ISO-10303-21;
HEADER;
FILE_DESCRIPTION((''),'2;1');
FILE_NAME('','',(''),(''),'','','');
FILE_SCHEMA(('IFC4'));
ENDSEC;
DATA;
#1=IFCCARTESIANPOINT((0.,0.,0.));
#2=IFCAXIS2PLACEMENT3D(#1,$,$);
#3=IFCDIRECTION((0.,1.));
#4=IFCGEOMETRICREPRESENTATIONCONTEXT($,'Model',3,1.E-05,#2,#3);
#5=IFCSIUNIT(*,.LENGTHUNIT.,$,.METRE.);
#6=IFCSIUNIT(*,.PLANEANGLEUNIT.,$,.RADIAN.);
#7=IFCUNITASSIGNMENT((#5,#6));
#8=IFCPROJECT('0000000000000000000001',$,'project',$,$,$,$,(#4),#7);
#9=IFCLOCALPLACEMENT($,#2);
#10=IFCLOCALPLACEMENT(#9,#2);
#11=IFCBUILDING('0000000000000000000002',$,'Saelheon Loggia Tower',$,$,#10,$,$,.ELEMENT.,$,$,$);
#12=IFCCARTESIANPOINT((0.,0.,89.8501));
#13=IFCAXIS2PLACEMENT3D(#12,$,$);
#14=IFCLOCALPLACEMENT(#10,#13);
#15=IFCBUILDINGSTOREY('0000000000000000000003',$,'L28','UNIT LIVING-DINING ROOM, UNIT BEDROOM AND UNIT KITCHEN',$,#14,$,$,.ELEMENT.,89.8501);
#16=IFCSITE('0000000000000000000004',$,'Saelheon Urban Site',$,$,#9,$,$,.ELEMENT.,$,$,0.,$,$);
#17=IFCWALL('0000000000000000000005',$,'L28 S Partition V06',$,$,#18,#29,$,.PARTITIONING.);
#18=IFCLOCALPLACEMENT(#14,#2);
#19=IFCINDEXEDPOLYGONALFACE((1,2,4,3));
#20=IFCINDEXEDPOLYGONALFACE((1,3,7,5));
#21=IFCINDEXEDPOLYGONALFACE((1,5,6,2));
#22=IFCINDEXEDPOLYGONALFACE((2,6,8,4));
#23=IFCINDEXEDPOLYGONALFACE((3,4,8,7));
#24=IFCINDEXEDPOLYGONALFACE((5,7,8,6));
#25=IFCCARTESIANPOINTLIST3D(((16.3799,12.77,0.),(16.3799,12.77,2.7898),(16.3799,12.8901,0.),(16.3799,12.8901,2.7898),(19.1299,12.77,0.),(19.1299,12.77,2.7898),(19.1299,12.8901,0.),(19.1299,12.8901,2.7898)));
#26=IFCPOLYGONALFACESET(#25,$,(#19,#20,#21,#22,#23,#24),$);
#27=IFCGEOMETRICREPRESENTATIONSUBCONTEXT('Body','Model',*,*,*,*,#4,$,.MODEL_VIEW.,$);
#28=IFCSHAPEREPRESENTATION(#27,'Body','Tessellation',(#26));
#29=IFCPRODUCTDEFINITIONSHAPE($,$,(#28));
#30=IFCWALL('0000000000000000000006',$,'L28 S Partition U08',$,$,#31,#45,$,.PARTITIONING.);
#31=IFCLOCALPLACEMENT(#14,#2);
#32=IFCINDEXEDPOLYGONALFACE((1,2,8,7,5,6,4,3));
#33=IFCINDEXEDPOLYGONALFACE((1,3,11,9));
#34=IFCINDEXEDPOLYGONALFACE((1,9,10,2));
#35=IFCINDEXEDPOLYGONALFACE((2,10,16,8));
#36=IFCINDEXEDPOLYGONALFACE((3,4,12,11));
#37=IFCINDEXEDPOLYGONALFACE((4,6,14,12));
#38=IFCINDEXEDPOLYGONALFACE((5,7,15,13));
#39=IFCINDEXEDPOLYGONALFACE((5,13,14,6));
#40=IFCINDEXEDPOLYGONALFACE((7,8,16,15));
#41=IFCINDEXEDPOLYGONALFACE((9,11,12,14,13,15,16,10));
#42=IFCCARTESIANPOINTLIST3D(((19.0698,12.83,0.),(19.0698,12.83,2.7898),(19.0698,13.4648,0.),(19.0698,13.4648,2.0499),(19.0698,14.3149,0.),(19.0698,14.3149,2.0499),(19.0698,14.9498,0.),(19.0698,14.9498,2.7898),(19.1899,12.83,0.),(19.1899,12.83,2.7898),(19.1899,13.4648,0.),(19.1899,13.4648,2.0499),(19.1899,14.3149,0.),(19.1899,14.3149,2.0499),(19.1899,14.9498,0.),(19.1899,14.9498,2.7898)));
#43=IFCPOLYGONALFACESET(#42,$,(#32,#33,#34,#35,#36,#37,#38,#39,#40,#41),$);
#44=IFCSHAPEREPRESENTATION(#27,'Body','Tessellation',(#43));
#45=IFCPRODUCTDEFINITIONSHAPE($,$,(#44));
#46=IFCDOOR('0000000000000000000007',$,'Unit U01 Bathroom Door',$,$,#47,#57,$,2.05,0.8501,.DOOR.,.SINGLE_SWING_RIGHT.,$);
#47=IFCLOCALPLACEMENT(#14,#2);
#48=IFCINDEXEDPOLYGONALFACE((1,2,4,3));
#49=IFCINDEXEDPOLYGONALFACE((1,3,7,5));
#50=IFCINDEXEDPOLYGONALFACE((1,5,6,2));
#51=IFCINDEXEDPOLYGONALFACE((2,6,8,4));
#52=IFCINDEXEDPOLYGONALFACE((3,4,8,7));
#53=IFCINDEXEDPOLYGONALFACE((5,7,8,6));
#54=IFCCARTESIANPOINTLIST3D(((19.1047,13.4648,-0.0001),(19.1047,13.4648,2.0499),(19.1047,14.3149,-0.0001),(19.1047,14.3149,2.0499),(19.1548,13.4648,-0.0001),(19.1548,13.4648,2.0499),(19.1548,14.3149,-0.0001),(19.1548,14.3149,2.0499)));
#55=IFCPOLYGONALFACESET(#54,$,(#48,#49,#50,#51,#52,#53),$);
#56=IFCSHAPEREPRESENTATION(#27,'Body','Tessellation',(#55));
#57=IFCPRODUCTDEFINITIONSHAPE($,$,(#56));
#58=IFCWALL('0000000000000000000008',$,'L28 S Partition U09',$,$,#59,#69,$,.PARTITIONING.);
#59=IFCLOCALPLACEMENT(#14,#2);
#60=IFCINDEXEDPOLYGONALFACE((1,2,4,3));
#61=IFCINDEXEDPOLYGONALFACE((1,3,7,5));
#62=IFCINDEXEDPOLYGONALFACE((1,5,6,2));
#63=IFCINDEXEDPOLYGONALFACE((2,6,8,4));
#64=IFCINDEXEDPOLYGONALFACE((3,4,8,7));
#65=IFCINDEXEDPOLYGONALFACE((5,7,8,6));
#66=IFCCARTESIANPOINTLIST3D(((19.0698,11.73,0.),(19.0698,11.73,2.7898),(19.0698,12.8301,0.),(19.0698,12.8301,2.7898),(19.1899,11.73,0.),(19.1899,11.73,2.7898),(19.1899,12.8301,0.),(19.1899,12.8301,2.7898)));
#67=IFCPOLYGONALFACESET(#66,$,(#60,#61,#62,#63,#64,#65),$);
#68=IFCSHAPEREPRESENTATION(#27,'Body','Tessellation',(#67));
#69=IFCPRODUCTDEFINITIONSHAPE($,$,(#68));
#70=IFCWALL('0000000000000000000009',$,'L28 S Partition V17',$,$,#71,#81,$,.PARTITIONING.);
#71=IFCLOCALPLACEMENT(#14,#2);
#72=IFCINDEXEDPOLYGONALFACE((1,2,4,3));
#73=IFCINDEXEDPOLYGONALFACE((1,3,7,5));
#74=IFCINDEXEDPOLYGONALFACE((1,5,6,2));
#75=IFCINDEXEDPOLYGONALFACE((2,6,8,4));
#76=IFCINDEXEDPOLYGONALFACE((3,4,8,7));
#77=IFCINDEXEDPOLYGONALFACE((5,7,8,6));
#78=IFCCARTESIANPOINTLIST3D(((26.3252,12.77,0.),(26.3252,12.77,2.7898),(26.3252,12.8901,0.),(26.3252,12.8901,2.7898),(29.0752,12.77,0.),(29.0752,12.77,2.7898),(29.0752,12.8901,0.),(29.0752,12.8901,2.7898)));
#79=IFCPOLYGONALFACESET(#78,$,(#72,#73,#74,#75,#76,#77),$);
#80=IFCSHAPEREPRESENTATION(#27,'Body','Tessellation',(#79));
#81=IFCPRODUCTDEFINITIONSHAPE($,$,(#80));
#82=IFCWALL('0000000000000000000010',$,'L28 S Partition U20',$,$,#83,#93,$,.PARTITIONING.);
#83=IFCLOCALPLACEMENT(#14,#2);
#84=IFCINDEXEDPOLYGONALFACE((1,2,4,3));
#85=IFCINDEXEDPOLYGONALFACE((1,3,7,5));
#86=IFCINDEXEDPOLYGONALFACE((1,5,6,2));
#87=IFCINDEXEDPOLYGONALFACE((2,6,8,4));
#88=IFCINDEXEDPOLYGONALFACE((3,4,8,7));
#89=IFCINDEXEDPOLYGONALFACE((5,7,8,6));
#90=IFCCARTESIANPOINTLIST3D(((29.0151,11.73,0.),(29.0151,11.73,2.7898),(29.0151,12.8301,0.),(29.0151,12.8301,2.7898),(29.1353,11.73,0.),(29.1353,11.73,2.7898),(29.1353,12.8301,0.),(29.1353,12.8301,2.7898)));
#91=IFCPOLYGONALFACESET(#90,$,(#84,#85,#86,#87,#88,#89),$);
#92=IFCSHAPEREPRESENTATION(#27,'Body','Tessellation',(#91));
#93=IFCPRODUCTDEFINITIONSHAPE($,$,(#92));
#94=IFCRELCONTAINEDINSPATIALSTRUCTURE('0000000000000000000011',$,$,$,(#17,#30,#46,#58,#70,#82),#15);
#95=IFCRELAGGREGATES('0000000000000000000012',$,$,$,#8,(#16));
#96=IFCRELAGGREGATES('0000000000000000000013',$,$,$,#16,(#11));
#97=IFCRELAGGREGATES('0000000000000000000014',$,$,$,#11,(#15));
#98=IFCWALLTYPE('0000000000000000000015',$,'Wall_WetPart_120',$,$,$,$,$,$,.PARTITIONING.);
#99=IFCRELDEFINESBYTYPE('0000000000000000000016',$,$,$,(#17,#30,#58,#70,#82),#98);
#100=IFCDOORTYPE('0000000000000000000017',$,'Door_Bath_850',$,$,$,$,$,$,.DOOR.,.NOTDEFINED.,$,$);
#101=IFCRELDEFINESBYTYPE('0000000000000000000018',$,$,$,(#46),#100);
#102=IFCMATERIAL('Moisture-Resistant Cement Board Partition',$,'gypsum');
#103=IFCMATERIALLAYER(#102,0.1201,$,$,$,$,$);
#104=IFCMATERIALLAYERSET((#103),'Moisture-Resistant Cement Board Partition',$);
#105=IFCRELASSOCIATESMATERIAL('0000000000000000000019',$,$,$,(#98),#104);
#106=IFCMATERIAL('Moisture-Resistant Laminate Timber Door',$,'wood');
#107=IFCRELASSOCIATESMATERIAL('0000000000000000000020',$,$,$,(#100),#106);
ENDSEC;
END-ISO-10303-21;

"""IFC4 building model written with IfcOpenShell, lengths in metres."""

from ifc_helpers import new_model, si_unit, direction, frame, frame_2d, origin, place, context, subcontext, project, spatial, rectangle, extrude, source, transform, mapped, material, layer, layer_set, type_object, element, fill, save


model = new_model("IFC4")

# Units and contexts
model_context = context("Model", 3, precision=1e-05, world=origin(), true_north=direction((0.0, 1.0)))
body_context = subcontext(model_context, "Body", "Model", "MODEL_VIEW")
ifc_project = project(units=[si_unit("LENGTHUNIT", "METRE"), si_unit("PLANEANGLEUNIT", "RADIAN")], contexts=[model_context])

# Site, building, storey
site_placement = place(None, origin())
site = spatial("IfcSite", under=ifc_project, at=site_placement, Name="Saelheon Urban Site", CompositionType="ELEMENT", RefElevation=0.0)
building_placement = place(site_placement, origin())
building = spatial("IfcBuilding", under=site, at=building_placement, Name="Saelheon Loggia Tower", CompositionType="ELEMENT")
storey_placement = place(building_placement, frame((0.0, 0.0, 89.8501)))
storey = spatial("IfcBuildingStorey", under=building, at=storey_placement, Name="L28", Description="UNIT LIVING-DINING ROOM, UNIT BEDROOM AND UNIT KITCHEN", CompositionType="ELEMENT", Elevation=89.8501)

# Wall
ifc_material_1 = material(Name="Moisture-Resistant Cement Board Partition", Category="gypsum")
ifc_layer_1 = layer(ifc_material_1, 0.1201)
ifc_layer_set_1 = layer_set([ifc_layer_1], Name="Moisture-Resistant Cement Board Partition")
wall_type_1 = type_object("IfcWallType", Name="Wall_WetPart_120", PredefinedType="PARTITIONING", material=ifc_layer_set_1)
wall_1_placement = place(storey_placement, frame((16.3799, 12.8301, 0.0), z_axis=(0.0, 0.0, 1.0), x_axis=(1.0, 0.0, 0.0)))
element("IfcWall", 1, at=wall_1_placement, inside=storey, type_object=wall_type_1, Name="L28 S Partition V06", PredefinedType="PARTITIONING", context=body_context, shape_type="SweptSolid", body=[
    extrude(rectangle(XDim=2.75, YDim=0.1201, at=frame_2d((1.375, 0.0))), origin(), (0.0, 0.0, 1.0), 2.7898),
])

# Wall, opening, door
wall_2_placement = place(storey_placement, frame((19.1299, 14.95, 0.0), z_axis=(0.0, 0.0, 1.0), x_axis=(0.0, -1.0, 0.0)))
wall_2 = element("IfcWall", 2, at=wall_2_placement, inside=storey, type_object=wall_type_1, Name="L28 S Partition U08", PredefinedType="PARTITIONING", context=body_context, shape_type="SweptSolid", body=[
    extrude(rectangle(XDim=2.1199, YDim=0.1201, at=frame_2d((1.0601, 0.0))), origin(), (0.0, 0.0, 1.0), 2.7898),
])
opening_1_placement = place(wall_2_placement, frame((0.635, 0.0, 0.0)))
opening_1 = element("IfcOpeningElement", 3, at=opening_1_placement, cuts=wall_2, PredefinedType="OPENING", context=body_context, shape_type="SweptSolid", body=[
    extrude(rectangle(XDim=0.8501, YDim=2.05, at=frame_2d((0.425, 1.0249))), frame((0.0, 0.072, 0.0), z_axis=(0.0, -1.0, 0.0), x_axis=(1.0, 0.0, 0.0)), (0.0, 0.0, 1.0), 0.144),
])
ifc_material_2 = material(Name="Moisture-Resistant Laminate Timber Door", Category="wood")
door_type_1 = type_object("IfcDoorType", Name="Door_Bath_850", OperationType="NOTDEFINED", PredefinedType="DOOR", material=ifc_material_2)
shared_shape_1 = source(origin(), body_context, "Body", "SweptSolid", [
    extrude(rectangle(XDim=0.8501, YDim=2.05, at=frame_2d((0.425, 1.0249))), frame((0.0, 0.0249, 0.0), z_axis=(0.0, -1.0, 0.0), x_axis=(1.0, 0.0, 0.0)), (0.0, 0.0, 1.0), 0.05),
])
door_1_placement = place(opening_1_placement, origin())
door_1 = element("IfcDoor", 4, at=door_1_placement, inside=storey, type_object=door_type_1, Name="Unit U01 Bathroom Door", OperationType="SINGLE_SWING_RIGHT", OverallHeight=2.05, OverallWidth=0.8501, PredefinedType="DOOR", context=body_context, shape_type="MappedRepresentation", body=[
    mapped(shared_shape_1, transform((0.0, 0.0, 0.0), scale=1.0)),
])
fill(opening_1, door_1)

# Walls
wall_3_placement = place(storey_placement, frame((19.1299, 12.8301, 0.0), z_axis=(0.0, 0.0, 1.0), x_axis=(0.0, -1.0, 0.0)))
element("IfcWall", 5, at=wall_3_placement, inside=storey, type_object=wall_type_1, Name="L28 S Partition U09", PredefinedType="PARTITIONING", context=body_context, shape_type="SweptSolid", body=[
    extrude(rectangle(XDim=1.1001, YDim=0.1201, at=frame_2d((0.55, 0.0))), origin(), (0.0, 0.0, 1.0), 2.7898),
])
wall_4_placement = place(storey_placement, frame((26.3252, 12.8301, 0.0), z_axis=(0.0, 0.0, 1.0), x_axis=(1.0, 0.0, 0.0)))
element("IfcWall", 6, at=wall_4_placement, inside=storey, type_object=wall_type_1, Name="L28 S Partition V17", PredefinedType="PARTITIONING", context=body_context, shape_type="SweptSolid", body=[
    extrude(rectangle(XDim=2.75, YDim=0.1201, at=frame_2d((1.375, 0.0))), origin(), (0.0, 0.0, 1.0), 2.7898),
])
wall_5_placement = place(storey_placement, frame((29.0752, 12.8301, 0.0), z_axis=(0.0, 0.0, 1.0), x_axis=(0.0, -1.0, 0.0)))
element("IfcWall", 7, at=wall_5_placement, inside=storey, type_object=wall_type_1, Name="L28 S Partition U20", PredefinedType="PARTITIONING", context=body_context, shape_type="SweptSolid", body=[
    extrude(rectangle(XDim=1.1001, YDim=0.1201, at=frame_2d((0.55, 0.0))), origin(), (0.0, 0.0, 1.0), 2.7898),
])

save(model, "model.ifc")
